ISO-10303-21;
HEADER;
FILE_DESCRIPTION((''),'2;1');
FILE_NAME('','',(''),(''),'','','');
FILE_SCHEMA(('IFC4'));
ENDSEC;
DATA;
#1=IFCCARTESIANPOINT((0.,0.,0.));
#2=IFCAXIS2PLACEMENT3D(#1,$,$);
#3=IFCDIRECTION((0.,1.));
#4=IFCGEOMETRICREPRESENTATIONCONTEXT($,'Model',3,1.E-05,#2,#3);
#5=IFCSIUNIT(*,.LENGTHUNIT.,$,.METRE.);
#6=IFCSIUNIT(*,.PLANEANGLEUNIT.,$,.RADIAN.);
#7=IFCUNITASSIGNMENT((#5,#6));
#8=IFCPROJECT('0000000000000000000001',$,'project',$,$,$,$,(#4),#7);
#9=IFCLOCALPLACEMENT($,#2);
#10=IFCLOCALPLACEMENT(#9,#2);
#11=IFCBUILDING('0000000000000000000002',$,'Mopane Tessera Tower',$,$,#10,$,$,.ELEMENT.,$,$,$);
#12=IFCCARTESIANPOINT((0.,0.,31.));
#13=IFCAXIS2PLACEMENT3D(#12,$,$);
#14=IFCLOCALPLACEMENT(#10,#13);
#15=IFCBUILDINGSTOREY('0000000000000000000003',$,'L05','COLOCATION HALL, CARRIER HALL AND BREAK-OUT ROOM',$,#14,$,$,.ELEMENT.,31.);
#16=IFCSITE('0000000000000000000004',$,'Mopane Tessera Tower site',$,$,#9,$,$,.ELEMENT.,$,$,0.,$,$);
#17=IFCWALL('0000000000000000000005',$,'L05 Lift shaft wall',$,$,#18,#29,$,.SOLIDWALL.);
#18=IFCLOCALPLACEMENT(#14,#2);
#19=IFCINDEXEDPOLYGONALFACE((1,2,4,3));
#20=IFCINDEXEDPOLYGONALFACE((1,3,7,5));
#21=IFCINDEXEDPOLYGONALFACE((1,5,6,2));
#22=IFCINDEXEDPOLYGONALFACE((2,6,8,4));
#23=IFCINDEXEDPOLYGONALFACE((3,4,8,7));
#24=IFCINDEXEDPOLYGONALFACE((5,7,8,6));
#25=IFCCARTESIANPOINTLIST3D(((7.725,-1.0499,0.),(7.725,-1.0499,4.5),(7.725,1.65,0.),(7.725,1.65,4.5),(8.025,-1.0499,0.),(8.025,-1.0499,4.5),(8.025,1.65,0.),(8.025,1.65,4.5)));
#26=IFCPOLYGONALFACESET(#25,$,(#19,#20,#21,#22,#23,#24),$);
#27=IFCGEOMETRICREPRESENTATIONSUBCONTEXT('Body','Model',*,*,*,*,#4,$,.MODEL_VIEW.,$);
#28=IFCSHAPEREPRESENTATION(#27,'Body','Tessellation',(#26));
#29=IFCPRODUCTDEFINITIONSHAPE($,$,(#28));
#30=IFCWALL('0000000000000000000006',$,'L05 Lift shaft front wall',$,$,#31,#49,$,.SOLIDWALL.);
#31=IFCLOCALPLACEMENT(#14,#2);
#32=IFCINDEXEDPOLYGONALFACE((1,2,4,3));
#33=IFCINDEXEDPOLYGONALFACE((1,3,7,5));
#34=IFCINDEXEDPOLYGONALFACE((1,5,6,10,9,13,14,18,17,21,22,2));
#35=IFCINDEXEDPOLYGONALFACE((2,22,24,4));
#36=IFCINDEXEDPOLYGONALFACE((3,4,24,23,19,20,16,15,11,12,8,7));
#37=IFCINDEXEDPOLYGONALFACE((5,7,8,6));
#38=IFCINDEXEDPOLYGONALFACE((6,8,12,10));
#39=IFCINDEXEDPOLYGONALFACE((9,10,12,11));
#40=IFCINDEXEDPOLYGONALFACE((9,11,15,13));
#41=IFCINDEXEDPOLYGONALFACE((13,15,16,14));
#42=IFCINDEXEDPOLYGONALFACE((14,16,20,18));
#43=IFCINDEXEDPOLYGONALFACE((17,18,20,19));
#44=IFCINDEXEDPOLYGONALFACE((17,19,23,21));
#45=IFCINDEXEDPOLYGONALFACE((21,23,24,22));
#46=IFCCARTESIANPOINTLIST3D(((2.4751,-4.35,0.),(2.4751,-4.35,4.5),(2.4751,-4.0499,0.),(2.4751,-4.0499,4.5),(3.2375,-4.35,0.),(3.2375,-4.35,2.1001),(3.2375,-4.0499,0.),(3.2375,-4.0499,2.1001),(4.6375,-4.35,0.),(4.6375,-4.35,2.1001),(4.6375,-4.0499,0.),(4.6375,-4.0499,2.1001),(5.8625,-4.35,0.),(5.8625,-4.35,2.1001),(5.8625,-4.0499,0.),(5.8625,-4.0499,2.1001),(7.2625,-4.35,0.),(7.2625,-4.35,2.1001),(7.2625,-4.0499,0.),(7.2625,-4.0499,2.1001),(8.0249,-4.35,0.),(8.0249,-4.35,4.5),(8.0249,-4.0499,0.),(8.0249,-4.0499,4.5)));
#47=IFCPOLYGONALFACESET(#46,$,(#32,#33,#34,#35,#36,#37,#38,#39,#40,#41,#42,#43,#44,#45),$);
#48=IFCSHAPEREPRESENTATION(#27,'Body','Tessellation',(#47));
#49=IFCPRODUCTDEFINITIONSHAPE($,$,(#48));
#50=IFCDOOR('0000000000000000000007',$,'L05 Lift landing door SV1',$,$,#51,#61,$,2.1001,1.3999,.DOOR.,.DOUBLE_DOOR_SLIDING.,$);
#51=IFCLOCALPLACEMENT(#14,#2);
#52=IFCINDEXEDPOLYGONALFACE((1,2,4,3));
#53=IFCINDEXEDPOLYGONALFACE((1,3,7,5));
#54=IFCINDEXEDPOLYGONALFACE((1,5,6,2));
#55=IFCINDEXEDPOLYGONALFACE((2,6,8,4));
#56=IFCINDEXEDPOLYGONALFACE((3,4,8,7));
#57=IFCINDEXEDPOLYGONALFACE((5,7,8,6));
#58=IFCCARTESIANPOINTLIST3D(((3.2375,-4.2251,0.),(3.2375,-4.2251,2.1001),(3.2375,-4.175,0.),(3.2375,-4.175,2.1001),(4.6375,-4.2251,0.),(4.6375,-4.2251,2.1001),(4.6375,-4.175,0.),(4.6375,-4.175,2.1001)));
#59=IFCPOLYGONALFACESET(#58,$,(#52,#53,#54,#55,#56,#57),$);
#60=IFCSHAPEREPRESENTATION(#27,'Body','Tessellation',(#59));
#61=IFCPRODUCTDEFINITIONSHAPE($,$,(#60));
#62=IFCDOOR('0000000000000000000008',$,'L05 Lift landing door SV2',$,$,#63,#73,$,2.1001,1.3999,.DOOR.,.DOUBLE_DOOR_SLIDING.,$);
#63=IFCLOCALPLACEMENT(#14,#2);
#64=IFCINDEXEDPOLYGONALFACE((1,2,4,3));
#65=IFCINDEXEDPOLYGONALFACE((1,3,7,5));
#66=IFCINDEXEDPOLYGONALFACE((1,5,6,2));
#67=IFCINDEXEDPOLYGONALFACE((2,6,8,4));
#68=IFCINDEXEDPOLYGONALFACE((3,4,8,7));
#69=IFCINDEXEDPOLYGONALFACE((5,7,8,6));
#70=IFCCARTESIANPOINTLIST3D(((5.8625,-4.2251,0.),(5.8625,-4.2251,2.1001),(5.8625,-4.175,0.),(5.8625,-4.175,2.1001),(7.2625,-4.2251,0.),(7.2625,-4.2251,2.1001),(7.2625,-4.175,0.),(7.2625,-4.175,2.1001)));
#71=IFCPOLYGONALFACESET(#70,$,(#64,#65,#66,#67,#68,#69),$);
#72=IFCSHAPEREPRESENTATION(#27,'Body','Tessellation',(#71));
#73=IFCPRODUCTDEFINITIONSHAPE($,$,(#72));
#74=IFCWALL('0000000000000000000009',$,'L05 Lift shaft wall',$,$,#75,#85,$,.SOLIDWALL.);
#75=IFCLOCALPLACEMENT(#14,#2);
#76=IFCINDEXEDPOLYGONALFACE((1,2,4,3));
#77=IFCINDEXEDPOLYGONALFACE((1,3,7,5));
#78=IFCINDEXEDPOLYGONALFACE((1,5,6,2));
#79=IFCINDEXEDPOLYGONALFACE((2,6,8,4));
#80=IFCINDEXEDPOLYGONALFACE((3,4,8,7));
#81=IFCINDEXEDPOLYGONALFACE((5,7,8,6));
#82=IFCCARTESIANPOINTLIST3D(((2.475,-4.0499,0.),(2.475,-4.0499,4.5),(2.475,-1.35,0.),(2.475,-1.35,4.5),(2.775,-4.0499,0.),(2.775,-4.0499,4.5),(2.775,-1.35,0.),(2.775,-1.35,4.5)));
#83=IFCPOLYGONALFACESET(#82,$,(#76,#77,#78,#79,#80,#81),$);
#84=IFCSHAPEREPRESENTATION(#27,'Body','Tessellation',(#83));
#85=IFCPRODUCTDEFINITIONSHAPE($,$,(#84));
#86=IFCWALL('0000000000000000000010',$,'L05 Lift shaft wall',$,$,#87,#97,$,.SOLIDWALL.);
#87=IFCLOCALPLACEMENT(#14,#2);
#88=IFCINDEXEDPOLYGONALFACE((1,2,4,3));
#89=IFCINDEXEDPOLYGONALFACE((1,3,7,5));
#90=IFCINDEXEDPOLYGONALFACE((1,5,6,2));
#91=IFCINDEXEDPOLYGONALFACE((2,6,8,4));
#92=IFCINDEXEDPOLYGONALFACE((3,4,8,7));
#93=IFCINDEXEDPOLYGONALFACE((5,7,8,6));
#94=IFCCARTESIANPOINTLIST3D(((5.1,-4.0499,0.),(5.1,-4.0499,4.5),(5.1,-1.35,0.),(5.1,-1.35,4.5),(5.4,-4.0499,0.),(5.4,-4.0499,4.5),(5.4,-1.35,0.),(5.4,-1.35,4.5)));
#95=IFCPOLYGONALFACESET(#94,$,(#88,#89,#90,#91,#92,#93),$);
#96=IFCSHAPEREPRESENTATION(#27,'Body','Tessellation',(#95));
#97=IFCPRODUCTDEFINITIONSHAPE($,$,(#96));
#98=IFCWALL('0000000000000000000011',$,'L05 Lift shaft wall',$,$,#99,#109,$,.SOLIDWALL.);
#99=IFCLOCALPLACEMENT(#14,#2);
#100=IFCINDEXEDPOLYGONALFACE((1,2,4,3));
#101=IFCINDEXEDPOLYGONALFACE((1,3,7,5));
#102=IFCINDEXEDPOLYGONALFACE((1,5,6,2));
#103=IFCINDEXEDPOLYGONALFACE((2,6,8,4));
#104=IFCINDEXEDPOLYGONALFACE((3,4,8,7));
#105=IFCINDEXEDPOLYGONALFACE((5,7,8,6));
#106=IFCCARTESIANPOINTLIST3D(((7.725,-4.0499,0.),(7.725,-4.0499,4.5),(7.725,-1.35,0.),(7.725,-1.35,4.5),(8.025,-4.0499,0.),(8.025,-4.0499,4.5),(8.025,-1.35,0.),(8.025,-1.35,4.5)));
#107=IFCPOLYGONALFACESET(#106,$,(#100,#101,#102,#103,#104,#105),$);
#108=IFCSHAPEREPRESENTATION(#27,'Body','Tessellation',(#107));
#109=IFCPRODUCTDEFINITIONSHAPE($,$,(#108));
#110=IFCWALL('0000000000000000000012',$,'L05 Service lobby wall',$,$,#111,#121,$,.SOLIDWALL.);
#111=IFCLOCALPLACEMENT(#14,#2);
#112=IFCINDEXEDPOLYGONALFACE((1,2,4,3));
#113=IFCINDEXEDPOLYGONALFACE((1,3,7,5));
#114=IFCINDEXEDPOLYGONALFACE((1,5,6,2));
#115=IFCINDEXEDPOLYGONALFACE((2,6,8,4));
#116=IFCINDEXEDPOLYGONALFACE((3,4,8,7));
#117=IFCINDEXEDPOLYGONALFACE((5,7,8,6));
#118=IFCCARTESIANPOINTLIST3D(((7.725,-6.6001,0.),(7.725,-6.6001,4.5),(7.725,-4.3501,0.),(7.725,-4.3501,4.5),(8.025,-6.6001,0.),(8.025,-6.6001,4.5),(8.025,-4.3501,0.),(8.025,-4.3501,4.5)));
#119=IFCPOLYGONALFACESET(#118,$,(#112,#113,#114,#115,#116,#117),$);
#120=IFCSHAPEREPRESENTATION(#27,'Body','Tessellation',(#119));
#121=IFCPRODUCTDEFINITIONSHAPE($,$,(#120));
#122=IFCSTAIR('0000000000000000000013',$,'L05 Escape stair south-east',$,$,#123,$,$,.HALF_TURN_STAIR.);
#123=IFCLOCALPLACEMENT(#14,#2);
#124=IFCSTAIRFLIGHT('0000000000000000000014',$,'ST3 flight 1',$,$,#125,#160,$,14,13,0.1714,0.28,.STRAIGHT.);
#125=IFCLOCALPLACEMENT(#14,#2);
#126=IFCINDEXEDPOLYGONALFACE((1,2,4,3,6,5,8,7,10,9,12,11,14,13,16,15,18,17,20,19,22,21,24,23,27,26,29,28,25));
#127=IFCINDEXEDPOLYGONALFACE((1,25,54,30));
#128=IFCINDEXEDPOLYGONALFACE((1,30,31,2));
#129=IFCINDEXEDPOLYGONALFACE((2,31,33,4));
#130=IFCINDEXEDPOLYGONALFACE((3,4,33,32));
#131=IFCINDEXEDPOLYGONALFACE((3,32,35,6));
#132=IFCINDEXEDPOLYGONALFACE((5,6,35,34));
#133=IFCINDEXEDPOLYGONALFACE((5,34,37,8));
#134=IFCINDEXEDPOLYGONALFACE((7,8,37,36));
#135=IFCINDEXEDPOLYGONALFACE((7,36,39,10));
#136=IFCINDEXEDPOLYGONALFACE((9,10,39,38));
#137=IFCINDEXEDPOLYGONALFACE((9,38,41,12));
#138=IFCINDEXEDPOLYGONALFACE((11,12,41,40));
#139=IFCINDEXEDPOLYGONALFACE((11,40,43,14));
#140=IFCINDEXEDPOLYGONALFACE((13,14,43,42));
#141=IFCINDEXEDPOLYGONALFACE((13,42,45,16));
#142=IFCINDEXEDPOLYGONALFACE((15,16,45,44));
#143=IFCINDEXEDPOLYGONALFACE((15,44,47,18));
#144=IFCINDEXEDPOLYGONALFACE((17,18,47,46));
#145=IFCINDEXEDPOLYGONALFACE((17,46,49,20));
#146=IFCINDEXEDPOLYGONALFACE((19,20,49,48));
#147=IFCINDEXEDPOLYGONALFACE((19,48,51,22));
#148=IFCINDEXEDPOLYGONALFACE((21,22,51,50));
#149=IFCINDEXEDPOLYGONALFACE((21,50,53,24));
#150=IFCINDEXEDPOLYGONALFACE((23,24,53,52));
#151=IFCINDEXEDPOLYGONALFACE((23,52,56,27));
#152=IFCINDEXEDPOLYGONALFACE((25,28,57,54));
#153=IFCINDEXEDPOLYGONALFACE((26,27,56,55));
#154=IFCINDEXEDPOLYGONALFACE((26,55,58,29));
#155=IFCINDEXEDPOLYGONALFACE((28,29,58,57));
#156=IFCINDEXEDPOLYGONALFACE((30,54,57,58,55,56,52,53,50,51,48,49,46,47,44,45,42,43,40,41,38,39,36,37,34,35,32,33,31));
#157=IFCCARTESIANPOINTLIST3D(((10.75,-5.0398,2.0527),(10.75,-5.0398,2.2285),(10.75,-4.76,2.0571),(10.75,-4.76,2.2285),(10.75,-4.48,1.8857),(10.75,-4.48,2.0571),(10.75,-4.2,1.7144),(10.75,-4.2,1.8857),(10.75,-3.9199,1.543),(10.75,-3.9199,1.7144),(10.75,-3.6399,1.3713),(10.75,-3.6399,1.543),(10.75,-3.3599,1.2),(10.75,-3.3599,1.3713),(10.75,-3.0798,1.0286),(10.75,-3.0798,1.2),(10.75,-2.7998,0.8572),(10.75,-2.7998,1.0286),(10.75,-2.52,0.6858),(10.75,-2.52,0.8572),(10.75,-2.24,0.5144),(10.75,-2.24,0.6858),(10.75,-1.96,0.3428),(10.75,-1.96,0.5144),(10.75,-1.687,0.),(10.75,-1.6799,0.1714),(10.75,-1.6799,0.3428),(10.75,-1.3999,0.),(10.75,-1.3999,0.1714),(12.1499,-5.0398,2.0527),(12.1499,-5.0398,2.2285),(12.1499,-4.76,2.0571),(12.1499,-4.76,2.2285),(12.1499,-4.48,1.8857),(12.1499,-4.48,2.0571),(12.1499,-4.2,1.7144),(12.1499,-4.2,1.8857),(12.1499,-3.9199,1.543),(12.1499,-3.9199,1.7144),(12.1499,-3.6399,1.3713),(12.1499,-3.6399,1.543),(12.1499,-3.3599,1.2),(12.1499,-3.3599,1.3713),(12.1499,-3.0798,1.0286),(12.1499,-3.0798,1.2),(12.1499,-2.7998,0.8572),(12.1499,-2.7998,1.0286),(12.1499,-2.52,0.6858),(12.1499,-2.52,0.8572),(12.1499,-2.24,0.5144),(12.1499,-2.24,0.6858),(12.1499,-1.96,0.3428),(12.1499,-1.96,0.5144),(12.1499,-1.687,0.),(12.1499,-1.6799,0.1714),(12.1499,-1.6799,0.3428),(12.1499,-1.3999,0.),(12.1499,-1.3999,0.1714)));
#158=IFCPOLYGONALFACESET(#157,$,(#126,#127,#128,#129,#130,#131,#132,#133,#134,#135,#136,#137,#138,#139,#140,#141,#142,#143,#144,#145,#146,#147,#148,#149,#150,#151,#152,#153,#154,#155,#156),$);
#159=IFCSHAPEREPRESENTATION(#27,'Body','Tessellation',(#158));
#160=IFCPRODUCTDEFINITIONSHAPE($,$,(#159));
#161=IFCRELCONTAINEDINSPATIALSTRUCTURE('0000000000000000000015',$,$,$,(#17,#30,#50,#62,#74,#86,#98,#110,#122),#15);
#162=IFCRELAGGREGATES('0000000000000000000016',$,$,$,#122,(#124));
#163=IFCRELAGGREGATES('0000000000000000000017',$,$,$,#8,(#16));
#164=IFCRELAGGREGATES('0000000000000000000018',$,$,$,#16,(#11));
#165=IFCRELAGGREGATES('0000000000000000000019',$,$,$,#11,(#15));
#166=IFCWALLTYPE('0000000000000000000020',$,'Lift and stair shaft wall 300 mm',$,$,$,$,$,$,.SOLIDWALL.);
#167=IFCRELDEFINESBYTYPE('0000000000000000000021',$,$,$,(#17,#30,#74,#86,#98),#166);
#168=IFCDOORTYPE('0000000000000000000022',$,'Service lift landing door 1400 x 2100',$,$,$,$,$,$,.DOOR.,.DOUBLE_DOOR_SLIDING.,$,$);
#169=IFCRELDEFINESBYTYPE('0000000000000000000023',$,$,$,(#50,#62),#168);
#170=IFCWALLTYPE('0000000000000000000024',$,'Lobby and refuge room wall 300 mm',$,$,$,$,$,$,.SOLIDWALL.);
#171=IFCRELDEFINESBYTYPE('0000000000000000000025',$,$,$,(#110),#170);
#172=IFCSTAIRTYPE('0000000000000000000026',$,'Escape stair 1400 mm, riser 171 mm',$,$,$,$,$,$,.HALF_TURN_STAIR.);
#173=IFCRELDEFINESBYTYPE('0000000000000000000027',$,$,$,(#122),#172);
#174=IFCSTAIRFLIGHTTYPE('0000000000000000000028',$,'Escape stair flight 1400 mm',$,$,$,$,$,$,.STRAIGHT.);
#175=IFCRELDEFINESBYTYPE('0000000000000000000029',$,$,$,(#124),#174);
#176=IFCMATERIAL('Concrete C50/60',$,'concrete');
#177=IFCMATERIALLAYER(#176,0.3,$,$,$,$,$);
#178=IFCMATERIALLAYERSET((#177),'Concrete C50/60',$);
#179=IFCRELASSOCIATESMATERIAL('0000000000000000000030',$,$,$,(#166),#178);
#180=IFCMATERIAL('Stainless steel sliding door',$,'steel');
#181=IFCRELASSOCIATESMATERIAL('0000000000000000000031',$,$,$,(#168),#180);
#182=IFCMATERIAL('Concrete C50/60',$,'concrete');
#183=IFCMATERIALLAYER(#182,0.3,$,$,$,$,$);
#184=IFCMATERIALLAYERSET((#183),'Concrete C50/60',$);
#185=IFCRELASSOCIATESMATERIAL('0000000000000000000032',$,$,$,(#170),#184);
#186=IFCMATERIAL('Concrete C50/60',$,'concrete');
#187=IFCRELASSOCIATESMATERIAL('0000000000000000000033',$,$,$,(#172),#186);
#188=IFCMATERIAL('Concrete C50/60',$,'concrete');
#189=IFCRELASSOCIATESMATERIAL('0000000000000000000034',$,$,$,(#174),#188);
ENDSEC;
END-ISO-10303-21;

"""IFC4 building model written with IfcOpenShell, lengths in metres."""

from ifc_helpers import new_model, si_unit, direction, frame, frame_2d, origin, place, context, subcontext, project, spatial, polyline, rectangle, outline, extrude, material, layer, layer_set, type_object, element, fill, aggregate, save


model = new_model("IFC4")

# Units and contexts
model_context = context("Model", 3, precision=1e-05, world=origin(), true_north=direction((0.0, 1.0)))
body_context = subcontext(model_context, "Body", "Model", "MODEL_VIEW")
ifc_project = project(units=[si_unit("LENGTHUNIT", "METRE"), si_unit("PLANEANGLEUNIT", "RADIAN")], contexts=[model_context])

# Site, building, storey
site_placement = place(None, origin())
site = spatial("IfcSite", under=ifc_project, at=site_placement, Name="Mopane Tessera Tower site", CompositionType="ELEMENT", RefElevation=0.0)
building_placement = place(site_placement, origin())
building = spatial("IfcBuilding", under=site, at=building_placement, Name="Mopane Tessera Tower", CompositionType="ELEMENT")
storey_placement = place(building_placement, frame((0.0, 0.0, 31.0)))
storey = spatial("IfcBuildingStorey", under=building, at=storey_placement, Name="L05", Description="COLOCATION HALL, CARRIER HALL AND BREAK-OUT ROOM", CompositionType="ELEMENT", Elevation=31.0)

# Wall
ifc_material_1 = material(Name="Concrete C50/60", Category="concrete")
ifc_layer_1 = layer(ifc_material_1, 0.3)
ifc_layer_set_1 = layer_set([ifc_layer_1], Name="Concrete C50/60")
wall_type_1 = type_object("IfcWallType", Name="Lift and stair shaft wall 300 mm", PredefinedType="SOLIDWALL", material=ifc_layer_set_1)
for number, where, z_axis, x_axis, name in (
    (1, (7.875, -1.05, 0.0), (0.0, 0.0, 1.0), (0.0, 1.0, 0.0), "L05 Lift shaft wall"),
):
    element("IfcWall", number, at=place(storey_placement, frame(where, z_axis=z_axis, x_axis=x_axis)), inside=storey, type_object=wall_type_1, Name=name, PredefinedType="SOLIDWALL", context=body_context, shape_type="SweptSolid", body=[
        extrude(rectangle(XDim=2.7, YDim=0.3, at=frame_2d((1.3501, 0.0))), origin(), (0.0, 0.0, 1.0), 4.5),
    ])

# Wall, openings, doors
wall_1_placement = place(storey_placement, frame((2.4751, -4.2, 0.0), z_axis=(0.0, 0.0, 1.0), x_axis=(1.0, 0.0, 0.0)))
wall_1 = element("IfcWall", 2, at=wall_1_placement, inside=storey, type_object=wall_type_1, Name="L05 Lift shaft front wall", PredefinedType="SOLIDWALL", context=body_context, shape_type="SweptSolid", body=[
    extrude(rectangle(XDim=5.5498, YDim=0.3, at=frame_2d((2.7749, 0.0))), origin(), (0.0, 0.0, 1.0), 4.5),
])
opening_1_placement = place(wall_1_placement, frame((0.7625, 0.0, 0.0)))
opening_1 = element("IfcOpeningElement", 3, at=opening_1_placement, cuts=wall_1, PredefinedType="OPENING", context=body_context, shape_type="SweptSolid", body=[
    extrude(rectangle(XDim=1.3999, YDim=2.1001, at=frame_2d((0.7, 1.05))), frame((0.0, 0.1621, 0.0), z_axis=(0.0, -1.0, 0.0), x_axis=(1.0, 0.0, 0.0)), (0.0, 0.0, 1.0), 0.324),
])
opening_2_placement = place(wall_1_placement, frame((3.3875, 0.0, 0.0)))
opening_2 = element("IfcOpeningElement", 4, at=opening_2_placement, cuts=wall_1, PredefinedType="OPENING", context=body_context, shape_type="SweptSolid", body=[
    extrude(rectangle(XDim=1.3999, YDim=2.1001, at=frame_2d((0.7, 1.05))), frame((0.0, 0.1621, 0.0), z_axis=(0.0, -1.0, 0.0), x_axis=(1.0, 0.0, 0.0)), (0.0, 0.0, 1.0), 0.324),
])
ifc_material_2 = material(Name="Stainless steel sliding door", Category="steel")
door_type = type_object("IfcDoorType", Name="Service lift landing door 1400 x 2100", OperationType="DOUBLE_DOOR_SLIDING", PredefinedType="DOOR", material=ifc_material_2)
door_1_placement = place(opening_1_placement, origin())
door_1 = element("IfcDoor", 5, at=door_1_placement, inside=storey, type_object=door_type, Name="L05 Lift landing door SV1", OperationType="DOUBLE_DOOR_SLIDING", OverallHeight=2.1001, OverallWidth=1.3999, PredefinedType="DOOR", context=body_context, shape_type="SweptSolid", body=[
    extrude(rectangle(XDim=1.3999, YDim=2.1001, at=frame_2d((0.7, 1.05))), frame((0.0, 0.0249, 0.0), z_axis=(0.0, -1.0, 0.0), x_axis=(1.0, 0.0, 0.0)), (0.0, 0.0, 1.0), 0.05),
])
fill(opening_1, door_1)
door_2_placement = place(opening_2_placement, origin())
door_2 = element("IfcDoor", 6, at=door_2_placement, inside=storey, type_object=door_type, Name="L05 Lift landing door SV2", OperationType="DOUBLE_DOOR_SLIDING", OverallHeight=2.1001, OverallWidth=1.3999, PredefinedType="DOOR", context=body_context, shape_type="SweptSolid", body=[
    extrude(rectangle(XDim=1.3999, YDim=2.1001, at=frame_2d((0.7, 1.05))), frame((0.0, 0.0249, 0.0), z_axis=(0.0, -1.0, 0.0), x_axis=(1.0, 0.0, 0.0)), (0.0, 0.0, 1.0), 0.05),
])
fill(opening_2, door_2)

# Walls
for number, where, z_axis, x_axis, name in (
    (7, (2.625, -4.05, 0.0), (0.0, 0.0, 1.0), (0.0, 1.0, 0.0), "L05 Lift shaft wall"),
    (8, (5.25, -4.05, 0.0), (0.0, 0.0, 1.0), (0.0, 1.0, 0.0), "L05 Lift shaft wall"),
    (9, (7.875, -4.05, 0.0), (0.0, 0.0, 1.0), (0.0, 1.0, 0.0), "L05 Lift shaft wall"),
):
    element("IfcWall", number, at=place(storey_placement, frame(where, z_axis=z_axis, x_axis=x_axis)), inside=storey, type_object=wall_type_1, Name=name, PredefinedType="SOLIDWALL", context=body_context, shape_type="SweptSolid", body=[
        extrude(rectangle(XDim=2.7, YDim=0.3, at=frame_2d((1.3501, 0.0))), origin(), (0.0, 0.0, 1.0), 4.5),
    ])
ifc_material_3 = material(Name="Concrete C50/60", Category="concrete")
ifc_layer_2 = layer(ifc_material_3, 0.3)
ifc_layer_set_2 = layer_set([ifc_layer_2], Name="Concrete C50/60")
wall_type_2 = type_object("IfcWallType", Name="Lobby and refuge room wall 300 mm", PredefinedType="SOLIDWALL", material=ifc_layer_set_2)
wall_2_placement = place(storey_placement, frame((7.875, -6.6001, 0.0), z_axis=(0.0, 0.0, 1.0), x_axis=(0.0, 1.0, 0.0)))
element("IfcWall", 10, at=wall_2_placement, inside=storey, type_object=wall_type_2, Name="L05 Service lobby wall", PredefinedType="SOLIDWALL", context=body_context, shape_type="SweptSolid", body=[
    extrude(rectangle(XDim=2.25, YDim=0.3, at=frame_2d((1.125, 0.0))), origin(), (0.0, 0.0, 1.0), 4.5),
])

# Stair, stair flight
ifc_material_4 = material(Name="Concrete C50/60", Category="concrete")
stair_type = type_object("IfcStairType", Name="Escape stair 1400 mm, riser 171 mm", PredefinedType="HALF_TURN_STAIR", material=ifc_material_4)
stair_placement = place(storey_placement, origin())
stair = element("IfcStair", 11, at=stair_placement, inside=storey, type_object=stair_type, Name="L05 Escape stair south-east", PredefinedType="HALF_TURN_STAIR")
ifc_material_5 = material(Name="Concrete C50/60", Category="concrete")
stair_flight_type = type_object("IfcStairFlightType", Name="Escape stair flight 1400 mm", PredefinedType="STRAIGHT", material=ifc_material_5)
stair_flight_1_placement = place(storey_placement, frame((11.45, -1.3999, 0.0), z_axis=(0.0, 0.0, 1.0), x_axis=(0.0, -1.0, 0.0)))
stair_flight_1 = element("IfcStairFlight", 12, at=stair_flight_1_placement, type_object=stair_flight_type, Name="ST3 flight 1", NumberOfRisers=14, NumberOfTreads=13, PredefinedType="STRAIGHT", RiserHeight=0.1714, TreadLength=0.28, context=body_context, shape_type="SweptSolid", body=[
    extrude(outline(polyline([(0.0, 0.0), (0.0, 0.1714), (0.28, 0.1714), (0.28, 0.3428), (0.5601, 0.3428), (0.5601, 0.5144), (0.8401, 0.5144), (0.8401, 0.6858), (1.1201, 0.6858), (1.1201, 0.8572), (1.3999, 0.8572), (1.3999, 1.0286), (1.6799, 1.0286), (1.6799, 1.2), (1.96, 1.2), (1.96, 1.3713), (2.24, 1.3713), (2.24, 1.543), (2.52, 1.543), (2.52, 1.7144), (2.8, 1.7144), (2.8, 1.8857), (3.0801, 1.8857), (3.0801, 2.0571), (3.3601, 2.0571), (3.3601, 2.2285), (3.6399, 2.2285), (3.6399, 2.3999), (3.6399, 2.0527), (0.2871, 0.0), (0.0, 0.0)])), frame((0.0, 0.7, 0.0), z_axis=(0.0, -1.0, 0.0), x_axis=(1.0, 0.0, 0.0)), (0.0, 0.0, 1.0), 1.3999),
])
aggregate(stair, [stair_flight_1])

save(model, "model.ifc")
